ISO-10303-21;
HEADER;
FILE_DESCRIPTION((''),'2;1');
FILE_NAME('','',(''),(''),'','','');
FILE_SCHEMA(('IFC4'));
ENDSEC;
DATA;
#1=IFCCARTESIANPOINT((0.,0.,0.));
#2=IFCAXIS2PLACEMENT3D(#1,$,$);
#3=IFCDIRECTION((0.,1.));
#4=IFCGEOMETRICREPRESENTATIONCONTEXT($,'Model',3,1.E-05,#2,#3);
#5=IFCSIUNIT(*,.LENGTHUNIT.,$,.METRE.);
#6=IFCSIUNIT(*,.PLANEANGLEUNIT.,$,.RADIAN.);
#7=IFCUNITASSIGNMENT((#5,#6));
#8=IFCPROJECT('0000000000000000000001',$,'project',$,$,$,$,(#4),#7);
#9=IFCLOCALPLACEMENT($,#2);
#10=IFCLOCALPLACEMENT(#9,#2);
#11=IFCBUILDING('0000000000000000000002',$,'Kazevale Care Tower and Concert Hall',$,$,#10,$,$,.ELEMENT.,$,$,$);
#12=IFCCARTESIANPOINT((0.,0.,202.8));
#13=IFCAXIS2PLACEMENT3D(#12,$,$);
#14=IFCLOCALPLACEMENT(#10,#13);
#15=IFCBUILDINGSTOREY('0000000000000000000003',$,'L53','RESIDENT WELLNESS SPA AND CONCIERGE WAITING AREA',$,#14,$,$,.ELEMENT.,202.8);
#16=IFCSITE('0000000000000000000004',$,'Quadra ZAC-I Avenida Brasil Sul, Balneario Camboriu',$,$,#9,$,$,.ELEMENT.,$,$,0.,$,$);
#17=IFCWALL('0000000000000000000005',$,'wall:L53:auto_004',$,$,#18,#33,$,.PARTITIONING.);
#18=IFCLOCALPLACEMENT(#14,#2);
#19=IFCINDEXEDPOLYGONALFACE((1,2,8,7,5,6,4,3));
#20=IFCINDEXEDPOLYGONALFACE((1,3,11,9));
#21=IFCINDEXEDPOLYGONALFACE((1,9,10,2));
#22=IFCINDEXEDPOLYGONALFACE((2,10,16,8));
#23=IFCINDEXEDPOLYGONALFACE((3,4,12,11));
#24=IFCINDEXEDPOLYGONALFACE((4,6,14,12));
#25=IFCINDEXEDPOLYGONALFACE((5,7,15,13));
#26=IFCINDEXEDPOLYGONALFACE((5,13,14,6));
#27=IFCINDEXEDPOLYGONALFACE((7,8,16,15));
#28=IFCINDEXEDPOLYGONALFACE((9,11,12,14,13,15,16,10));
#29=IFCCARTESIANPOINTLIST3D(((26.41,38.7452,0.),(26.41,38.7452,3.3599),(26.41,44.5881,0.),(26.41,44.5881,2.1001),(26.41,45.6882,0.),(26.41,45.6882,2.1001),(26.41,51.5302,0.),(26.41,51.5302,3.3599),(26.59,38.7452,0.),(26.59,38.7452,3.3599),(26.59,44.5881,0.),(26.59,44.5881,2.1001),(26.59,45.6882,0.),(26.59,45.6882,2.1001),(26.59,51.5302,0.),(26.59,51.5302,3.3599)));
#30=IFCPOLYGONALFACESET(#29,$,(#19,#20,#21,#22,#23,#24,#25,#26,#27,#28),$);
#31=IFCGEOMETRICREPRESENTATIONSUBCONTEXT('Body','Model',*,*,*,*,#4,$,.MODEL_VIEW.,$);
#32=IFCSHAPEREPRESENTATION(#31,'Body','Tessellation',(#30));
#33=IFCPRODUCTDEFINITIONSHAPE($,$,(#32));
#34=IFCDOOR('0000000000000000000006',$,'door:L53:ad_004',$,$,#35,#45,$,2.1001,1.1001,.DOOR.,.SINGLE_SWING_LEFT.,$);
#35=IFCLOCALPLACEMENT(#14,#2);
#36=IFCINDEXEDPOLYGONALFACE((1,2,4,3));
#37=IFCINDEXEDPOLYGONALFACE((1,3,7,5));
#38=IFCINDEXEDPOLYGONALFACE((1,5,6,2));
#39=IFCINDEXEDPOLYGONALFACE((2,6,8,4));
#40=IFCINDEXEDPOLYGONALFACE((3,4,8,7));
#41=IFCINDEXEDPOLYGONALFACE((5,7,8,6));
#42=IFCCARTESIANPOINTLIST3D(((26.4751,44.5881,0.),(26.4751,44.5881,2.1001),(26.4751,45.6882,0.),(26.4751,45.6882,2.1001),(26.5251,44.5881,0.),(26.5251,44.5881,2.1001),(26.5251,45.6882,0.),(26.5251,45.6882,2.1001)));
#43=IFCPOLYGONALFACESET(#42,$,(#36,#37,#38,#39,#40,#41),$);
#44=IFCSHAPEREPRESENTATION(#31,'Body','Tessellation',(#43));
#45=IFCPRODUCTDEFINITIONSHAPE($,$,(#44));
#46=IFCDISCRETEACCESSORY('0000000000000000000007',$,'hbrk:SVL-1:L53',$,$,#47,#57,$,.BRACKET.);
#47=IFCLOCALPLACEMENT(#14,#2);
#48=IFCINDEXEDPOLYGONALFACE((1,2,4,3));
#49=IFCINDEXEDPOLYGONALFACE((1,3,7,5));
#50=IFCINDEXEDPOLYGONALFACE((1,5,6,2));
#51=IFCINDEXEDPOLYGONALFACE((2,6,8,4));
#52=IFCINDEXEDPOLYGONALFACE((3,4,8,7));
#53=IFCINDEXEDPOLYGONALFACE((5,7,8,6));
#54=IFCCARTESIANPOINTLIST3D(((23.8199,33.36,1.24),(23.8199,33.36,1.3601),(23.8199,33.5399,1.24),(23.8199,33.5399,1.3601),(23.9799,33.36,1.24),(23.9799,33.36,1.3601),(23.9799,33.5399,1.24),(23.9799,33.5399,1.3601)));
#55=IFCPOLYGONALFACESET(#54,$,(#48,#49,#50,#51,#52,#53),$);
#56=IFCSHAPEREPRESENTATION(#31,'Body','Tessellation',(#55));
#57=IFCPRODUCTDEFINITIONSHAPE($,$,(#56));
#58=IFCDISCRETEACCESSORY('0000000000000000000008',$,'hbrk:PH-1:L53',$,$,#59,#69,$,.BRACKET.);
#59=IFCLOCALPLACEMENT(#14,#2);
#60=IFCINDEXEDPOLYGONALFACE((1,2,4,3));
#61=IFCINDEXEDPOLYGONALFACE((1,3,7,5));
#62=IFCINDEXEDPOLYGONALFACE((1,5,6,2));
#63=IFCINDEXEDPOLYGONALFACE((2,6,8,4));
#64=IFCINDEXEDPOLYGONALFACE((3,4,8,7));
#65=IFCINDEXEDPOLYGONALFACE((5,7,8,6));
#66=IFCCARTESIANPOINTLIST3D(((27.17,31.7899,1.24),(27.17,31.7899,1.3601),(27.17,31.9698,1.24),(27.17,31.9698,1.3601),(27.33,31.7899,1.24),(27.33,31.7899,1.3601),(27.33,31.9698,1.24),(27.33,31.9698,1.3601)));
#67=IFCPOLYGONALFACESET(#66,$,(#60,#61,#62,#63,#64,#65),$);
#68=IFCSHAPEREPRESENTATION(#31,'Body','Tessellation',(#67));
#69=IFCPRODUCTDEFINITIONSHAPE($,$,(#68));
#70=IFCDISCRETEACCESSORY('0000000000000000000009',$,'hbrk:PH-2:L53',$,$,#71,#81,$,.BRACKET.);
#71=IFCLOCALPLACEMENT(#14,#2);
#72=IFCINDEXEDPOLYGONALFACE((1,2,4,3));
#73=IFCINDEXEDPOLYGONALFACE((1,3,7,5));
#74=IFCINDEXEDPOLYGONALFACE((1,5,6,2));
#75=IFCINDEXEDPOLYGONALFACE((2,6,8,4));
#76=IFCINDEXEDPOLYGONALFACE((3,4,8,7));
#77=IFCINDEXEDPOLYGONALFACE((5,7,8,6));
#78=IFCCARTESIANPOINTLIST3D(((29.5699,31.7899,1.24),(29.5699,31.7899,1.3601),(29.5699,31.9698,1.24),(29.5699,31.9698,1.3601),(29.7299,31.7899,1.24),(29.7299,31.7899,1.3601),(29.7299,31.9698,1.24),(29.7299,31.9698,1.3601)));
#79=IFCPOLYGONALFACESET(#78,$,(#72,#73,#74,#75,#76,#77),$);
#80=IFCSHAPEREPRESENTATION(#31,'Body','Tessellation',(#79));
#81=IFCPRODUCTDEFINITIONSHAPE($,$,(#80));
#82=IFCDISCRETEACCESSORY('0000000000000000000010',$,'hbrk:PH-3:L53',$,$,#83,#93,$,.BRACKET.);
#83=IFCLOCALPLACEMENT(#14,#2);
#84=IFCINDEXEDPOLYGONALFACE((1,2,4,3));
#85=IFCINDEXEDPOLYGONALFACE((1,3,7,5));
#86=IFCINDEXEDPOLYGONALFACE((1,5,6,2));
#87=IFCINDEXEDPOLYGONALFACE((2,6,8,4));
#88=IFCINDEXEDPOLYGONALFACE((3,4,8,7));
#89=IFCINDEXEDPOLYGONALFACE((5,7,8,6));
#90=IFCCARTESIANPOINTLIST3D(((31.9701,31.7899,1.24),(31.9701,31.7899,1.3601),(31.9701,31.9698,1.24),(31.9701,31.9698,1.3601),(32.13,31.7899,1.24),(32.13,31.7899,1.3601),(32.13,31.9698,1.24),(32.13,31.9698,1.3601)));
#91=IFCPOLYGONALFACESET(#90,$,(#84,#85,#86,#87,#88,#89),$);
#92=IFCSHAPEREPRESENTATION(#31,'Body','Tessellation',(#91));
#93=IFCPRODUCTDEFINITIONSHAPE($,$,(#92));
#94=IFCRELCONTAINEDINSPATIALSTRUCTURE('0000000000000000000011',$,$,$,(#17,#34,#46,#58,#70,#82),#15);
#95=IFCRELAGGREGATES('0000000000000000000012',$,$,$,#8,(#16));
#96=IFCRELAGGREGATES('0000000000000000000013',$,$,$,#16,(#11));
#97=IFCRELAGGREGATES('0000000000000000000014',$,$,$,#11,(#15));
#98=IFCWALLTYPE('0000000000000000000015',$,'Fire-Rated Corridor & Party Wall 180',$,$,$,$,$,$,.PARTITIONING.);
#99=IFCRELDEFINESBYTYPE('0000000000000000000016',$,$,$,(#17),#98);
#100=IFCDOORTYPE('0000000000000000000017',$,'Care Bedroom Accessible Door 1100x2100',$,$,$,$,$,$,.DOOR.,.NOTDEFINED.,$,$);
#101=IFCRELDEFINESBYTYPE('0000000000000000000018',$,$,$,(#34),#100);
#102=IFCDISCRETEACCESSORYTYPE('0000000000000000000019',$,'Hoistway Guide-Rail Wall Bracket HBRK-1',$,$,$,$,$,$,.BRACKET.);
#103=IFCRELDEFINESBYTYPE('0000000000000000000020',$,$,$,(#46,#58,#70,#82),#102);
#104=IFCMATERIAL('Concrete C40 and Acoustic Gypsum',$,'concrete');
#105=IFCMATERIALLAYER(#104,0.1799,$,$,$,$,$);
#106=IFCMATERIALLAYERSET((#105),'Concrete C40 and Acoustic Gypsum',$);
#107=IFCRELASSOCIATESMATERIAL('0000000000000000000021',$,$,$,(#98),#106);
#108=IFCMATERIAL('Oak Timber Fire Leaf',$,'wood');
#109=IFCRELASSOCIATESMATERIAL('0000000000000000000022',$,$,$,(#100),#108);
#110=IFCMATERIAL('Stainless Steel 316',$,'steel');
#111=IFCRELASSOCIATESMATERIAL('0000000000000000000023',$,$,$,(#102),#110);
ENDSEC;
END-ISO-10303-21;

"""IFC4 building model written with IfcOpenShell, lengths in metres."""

from ifc_helpers import new_model, si_unit, direction, frame, frame_2d, origin, origin_2d, place, context, subcontext, project, spatial, rectangle, extrude, material, layer, layer_set, type_object, element, fill, save


model = new_model("IFC4")

# Units and contexts
model_context = context("Model", 3, precision=1e-05, world=origin(), true_north=direction((0.0, 1.0)))
body_context = subcontext(model_context, "Body", "Model", "MODEL_VIEW")
ifc_project = project(units=[si_unit("LENGTHUNIT", "METRE"), si_unit("PLANEANGLEUNIT", "RADIAN")], contexts=[model_context])

# Site, building, storey
site_placement = place(None, origin())
site = spatial("IfcSite", under=ifc_project, at=site_placement, Name="Quadra ZAC-I Avenida Brasil Sul, Balneario Camboriu", CompositionType="ELEMENT", RefElevation=0.0)
building_placement = place(site_placement, origin())
building = spatial("IfcBuilding", under=site, at=building_placement, Name="Kazevale Care Tower and Concert Hall", CompositionType="ELEMENT")
storey_placement = place(building_placement, frame((0.0, 0.0, 202.8)))
storey = spatial("IfcBuildingStorey", under=building, at=storey_placement, Name="L53", Description="RESIDENT WELLNESS SPA AND CONCIERGE WAITING AREA", CompositionType="ELEMENT", Elevation=202.8)

# Shared definitions
ifc_material_1 = material(Name="Oak Timber Fire Leaf", Category="wood")

# Shared definitions
ifc_material_2 = material(Name="Stainless Steel 316", Category="steel")

# Wall, opening, door
ifc_material_3 = material(Name="Concrete C40 and Acoustic Gypsum", Category="concrete")
ifc_layer_1 = layer(ifc_material_3, 0.1799)
ifc_layer_set_1 = layer_set([ifc_layer_1], Name="Concrete C40 and Acoustic Gypsum")
wall_type_1 = type_object("IfcWallType", Name="Fire-Rated Corridor & Party Wall 180", PredefinedType="PARTITIONING", material=ifc_layer_set_1)
wall_1_placement = place(storey_placement, frame((26.5, 38.7451, 0.0), z_axis=(0.0, 0.0, 1.0), x_axis=(0.0, 1.0, 0.0)))
wall_1 = element("IfcWall", 1, at=wall_1_placement, inside=storey, type_object=wall_type_1, Name="wall:L53:auto_004", PredefinedType="PARTITIONING", context=body_context, shape_type="SweptSolid", body=[
    extrude(rectangle(XDim=12.7849, YDim=0.1799, at=frame_2d((6.3926, 0.0))), origin(), (0.0, 0.0, 1.0), 3.3599),
])
opening_1_placement = place(wall_1_placement, frame((5.843, 0.0, 0.0)))
opening_1 = element("IfcOpeningElement", 2, at=opening_1_placement, cuts=wall_1, PredefinedType="OPENING", context=body_context, shape_type="SweptSolid", body=[
    extrude(rectangle(XDim=1.1001, YDim=2.1001, at=frame_2d((0.55, 1.05))), frame((0.0, 0.0999, 0.0), z_axis=(0.0, -1.0, 0.0), x_axis=(1.0, 0.0, 0.0)), (0.0, 0.0, 1.0), 0.2),
])
door_type_1 = type_object("IfcDoorType", Name="Care Bedroom Accessible Door 1100x2100", OperationType="NOTDEFINED", PredefinedType="DOOR", material=ifc_material_1)
door_1_placement = place(opening_1_placement, origin())
door_1 = element("IfcDoor", 3, at=door_1_placement, inside=storey, type_object=door_type_1, Name="door:L53:ad_004", OperationType="SINGLE_SWING_LEFT", OverallHeight=2.1001, OverallWidth=1.1001, PredefinedType="DOOR", context=body_context, shape_type="SweptSolid", body=[
    extrude(rectangle(XDim=1.1001, YDim=2.1001, at=frame_2d((0.55, 1.05))), frame((0.0, 0.0249, 0.0), z_axis=(0.0, -1.0, 0.0), x_axis=(1.0, 0.0, 0.0)), (0.0, 0.0, 1.0), 0.05),
])
fill(opening_1, door_1)

# Discrete accessories
discrete_accessory_type = type_object("IfcDiscreteAccessoryType", Name="Hoistway Guide-Rail Wall Bracket HBRK-1", PredefinedType="BRACKET", material=ifc_material_2)
for number, where, z_axis, x_axis, name in (
    (4, (23.8999, 33.45, 1.24), (0.0, 0.0, 1.0), (1.0, 0.0, 0.0), "hbrk:SVL-1:L53"),
    (5, (27.25, 31.8799, 1.24), (0.0, 0.0, 1.0), (1.0, 0.0, 0.0), "hbrk:PH-1:L53"),
    (6, (29.6499, 31.8799, 1.24), (0.0, 0.0, 1.0), (1.0, 0.0, 0.0), "hbrk:PH-2:L53"),
    (7, (32.05, 31.8799, 1.24), (0.0, 0.0, 1.0), (1.0, 0.0, 0.0), "hbrk:PH-3:L53"),
):
    element("IfcDiscreteAccessory", number, at=place(storey_placement, frame(where, z_axis=z_axis, x_axis=x_axis)), inside=storey, type_object=discrete_accessory_type, Name=name, PredefinedType="BRACKET", context=body_context, shape_type="SweptSolid", body=[
        extrude(rectangle(XDim=0.1599, YDim=0.1799, at=origin_2d()), origin(), (0.0, 0.0, 1.0), 0.1201),
    ])

save(model, "model.ifc")
